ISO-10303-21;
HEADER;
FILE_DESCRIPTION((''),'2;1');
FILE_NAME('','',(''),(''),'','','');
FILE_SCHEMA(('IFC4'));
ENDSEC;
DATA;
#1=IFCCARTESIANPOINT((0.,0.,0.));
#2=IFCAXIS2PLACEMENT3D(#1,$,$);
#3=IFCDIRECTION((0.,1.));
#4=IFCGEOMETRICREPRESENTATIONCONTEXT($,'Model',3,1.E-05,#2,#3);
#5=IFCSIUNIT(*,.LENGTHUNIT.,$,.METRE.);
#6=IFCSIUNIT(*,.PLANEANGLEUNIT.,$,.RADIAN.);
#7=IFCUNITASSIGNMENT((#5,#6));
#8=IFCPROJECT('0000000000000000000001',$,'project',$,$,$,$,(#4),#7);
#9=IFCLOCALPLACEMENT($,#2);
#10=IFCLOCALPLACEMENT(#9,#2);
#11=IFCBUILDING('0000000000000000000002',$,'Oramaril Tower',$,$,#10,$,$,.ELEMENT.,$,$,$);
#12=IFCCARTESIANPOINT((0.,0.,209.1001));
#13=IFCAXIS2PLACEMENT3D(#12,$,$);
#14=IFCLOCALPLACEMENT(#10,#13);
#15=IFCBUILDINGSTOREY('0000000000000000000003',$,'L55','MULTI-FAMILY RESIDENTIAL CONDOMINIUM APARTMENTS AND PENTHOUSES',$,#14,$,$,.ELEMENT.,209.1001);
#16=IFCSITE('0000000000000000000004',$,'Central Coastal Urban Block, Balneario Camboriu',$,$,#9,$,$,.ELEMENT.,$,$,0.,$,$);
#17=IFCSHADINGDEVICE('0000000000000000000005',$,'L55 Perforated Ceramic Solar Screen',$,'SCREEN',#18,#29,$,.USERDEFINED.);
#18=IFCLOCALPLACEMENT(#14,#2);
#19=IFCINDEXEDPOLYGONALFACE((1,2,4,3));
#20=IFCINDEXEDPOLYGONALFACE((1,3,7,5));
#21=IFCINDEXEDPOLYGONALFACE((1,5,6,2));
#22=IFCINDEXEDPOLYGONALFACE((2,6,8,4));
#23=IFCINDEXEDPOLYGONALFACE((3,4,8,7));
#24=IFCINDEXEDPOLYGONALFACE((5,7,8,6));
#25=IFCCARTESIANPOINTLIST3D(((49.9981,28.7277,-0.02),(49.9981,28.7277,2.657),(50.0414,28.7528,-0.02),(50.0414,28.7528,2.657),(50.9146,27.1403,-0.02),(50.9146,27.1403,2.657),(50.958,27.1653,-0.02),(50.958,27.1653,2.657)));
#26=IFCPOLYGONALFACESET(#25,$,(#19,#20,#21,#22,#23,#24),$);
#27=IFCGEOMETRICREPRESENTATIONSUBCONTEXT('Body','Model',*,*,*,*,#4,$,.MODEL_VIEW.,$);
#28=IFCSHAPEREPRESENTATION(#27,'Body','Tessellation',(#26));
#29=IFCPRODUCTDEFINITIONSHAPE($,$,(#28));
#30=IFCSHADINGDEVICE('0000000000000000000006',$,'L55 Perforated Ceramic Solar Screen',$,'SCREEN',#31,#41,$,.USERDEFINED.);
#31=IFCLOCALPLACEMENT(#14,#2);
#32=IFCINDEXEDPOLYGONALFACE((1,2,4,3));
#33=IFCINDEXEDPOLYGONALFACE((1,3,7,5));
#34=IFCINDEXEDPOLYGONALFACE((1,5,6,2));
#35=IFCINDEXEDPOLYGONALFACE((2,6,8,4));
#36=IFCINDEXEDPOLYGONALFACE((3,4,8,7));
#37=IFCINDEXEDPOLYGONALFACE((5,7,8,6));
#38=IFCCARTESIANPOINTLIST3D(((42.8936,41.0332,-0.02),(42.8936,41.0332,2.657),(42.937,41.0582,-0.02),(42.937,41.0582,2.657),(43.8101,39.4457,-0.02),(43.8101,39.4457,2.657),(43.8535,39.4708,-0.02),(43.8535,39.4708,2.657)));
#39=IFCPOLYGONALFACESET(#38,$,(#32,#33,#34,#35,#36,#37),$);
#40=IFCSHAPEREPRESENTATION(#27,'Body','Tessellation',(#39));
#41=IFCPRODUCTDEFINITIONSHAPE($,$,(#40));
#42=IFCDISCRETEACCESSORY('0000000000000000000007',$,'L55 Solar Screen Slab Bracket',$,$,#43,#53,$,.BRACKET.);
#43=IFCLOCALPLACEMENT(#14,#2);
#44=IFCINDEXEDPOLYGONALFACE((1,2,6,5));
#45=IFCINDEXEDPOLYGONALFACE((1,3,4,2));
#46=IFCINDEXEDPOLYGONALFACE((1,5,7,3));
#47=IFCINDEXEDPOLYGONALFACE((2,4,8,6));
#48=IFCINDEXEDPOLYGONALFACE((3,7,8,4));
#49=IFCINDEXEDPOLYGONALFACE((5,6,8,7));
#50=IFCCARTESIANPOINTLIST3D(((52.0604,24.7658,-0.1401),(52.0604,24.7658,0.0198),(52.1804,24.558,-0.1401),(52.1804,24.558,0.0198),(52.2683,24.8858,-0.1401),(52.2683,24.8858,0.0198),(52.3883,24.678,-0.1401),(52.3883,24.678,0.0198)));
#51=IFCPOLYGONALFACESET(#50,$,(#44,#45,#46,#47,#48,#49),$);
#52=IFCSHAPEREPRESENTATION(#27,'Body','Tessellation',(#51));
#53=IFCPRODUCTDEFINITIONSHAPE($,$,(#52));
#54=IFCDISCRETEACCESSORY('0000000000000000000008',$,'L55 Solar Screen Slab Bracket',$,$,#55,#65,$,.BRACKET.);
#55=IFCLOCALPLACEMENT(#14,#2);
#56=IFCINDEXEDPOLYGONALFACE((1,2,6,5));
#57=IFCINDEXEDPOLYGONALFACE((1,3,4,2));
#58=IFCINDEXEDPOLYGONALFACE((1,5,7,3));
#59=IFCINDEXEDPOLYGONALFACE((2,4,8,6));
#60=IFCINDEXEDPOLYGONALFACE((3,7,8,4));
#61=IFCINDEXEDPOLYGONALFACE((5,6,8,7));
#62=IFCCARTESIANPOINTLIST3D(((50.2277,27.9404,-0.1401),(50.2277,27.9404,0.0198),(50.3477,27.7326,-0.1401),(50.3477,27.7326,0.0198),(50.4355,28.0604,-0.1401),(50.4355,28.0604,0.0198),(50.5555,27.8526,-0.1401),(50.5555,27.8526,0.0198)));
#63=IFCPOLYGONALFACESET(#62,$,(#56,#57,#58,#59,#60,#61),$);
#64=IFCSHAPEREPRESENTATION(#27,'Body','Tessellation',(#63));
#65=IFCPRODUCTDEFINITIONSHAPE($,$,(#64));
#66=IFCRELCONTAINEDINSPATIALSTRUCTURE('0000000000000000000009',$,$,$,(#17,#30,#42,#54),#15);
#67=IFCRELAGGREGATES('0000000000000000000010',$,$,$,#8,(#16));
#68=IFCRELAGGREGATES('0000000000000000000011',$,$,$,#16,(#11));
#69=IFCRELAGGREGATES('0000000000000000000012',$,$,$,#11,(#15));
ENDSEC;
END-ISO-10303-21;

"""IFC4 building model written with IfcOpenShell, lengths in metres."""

from ifc_helpers import new_model, si_unit, direction, frame, origin, origin_2d, place, context, subcontext, project, spatial, rectangle, extrude, element, save


model = new_model("IFC4")

# Units and contexts
model_context = context("Model", 3, precision=1e-05, world=origin(), true_north=direction((0.0, 1.0)))
body_context = subcontext(model_context, "Body", "Model", "MODEL_VIEW")
ifc_project = project(units=[si_unit("LENGTHUNIT", "METRE"), si_unit("PLANEANGLEUNIT", "RADIAN")], contexts=[model_context])

# Site, building, storey
site_placement = place(None, origin())
site = spatial("IfcSite", under=ifc_project, at=site_placement, Name="Central Coastal Urban Block, Balneario Camboriu", CompositionType="ELEMENT", RefElevation=0.0)
building_placement = place(site_placement, origin())
building = spatial("IfcBuilding", under=site, at=building_placement, Name="Oramaril Tower", CompositionType="ELEMENT")
storey_placement = place(building_placement, frame((0.0, 0.0, 209.1001)))
storey = spatial("IfcBuildingStorey", under=building, at=storey_placement, Name="L55", Description="MULTI-FAMILY RESIDENTIAL CONDOMINIUM APARTMENTS AND PENTHOUSES", CompositionType="ELEMENT", Elevation=209.1001)

# Shading devices
for number, where, z_axis, x_axis, name in (
    (1, (50.478, 27.9465, -0.02), (0.0, 0.0, 1.0), (-0.500002, 0.866025, 0.0), "L55 Perforated Ceramic Solar Screen"),
    (2, (43.3735, 40.252, -0.02), (0.0, 0.0, 1.0), (-0.500002, 0.866025, 0.0), "L55 Perforated Ceramic Solar Screen"),
):
    element("IfcShadingDevice", number, at=place(storey_placement, frame(where, z_axis=z_axis, x_axis=x_axis)), inside=storey, Name=name, ObjectType="SCREEN", PredefinedType="USERDEFINED", context=body_context, shape_type="SweptSolid", body=[
        extrude(rectangle(XDim=1.833, YDim=0.05, at=origin_2d()), origin(), (0.0, 0.0, 1.0), 2.677),
    ])

# Discrete accessories
for number, where, z_axis, x_axis, name in (
    (3, (52.2244, 24.7219, -0.1401), (0.0, 0.0, 1.0), (-0.500002, 0.866025, 0.0), "L55 Solar Screen Slab Bracket"),
    (4, (50.3916, 27.8965, -0.1401), (0.0, 0.0, 1.0), (-0.500002, 0.866025, 0.0), "L55 Solar Screen Slab Bracket"),
):
    element("IfcDiscreteAccessory", number, at=place(storey_placement, frame(where, z_axis=z_axis, x_axis=x_axis)), inside=storey, Name=name, PredefinedType="BRACKET", context=body_context, shape_type="SweptSolid", body=[
        extrude(rectangle(XDim=0.24, YDim=0.24, at=origin_2d()), origin(), (0.0, 0.0, 1.0), 0.1599),
    ])

save(model, "model.ifc")
